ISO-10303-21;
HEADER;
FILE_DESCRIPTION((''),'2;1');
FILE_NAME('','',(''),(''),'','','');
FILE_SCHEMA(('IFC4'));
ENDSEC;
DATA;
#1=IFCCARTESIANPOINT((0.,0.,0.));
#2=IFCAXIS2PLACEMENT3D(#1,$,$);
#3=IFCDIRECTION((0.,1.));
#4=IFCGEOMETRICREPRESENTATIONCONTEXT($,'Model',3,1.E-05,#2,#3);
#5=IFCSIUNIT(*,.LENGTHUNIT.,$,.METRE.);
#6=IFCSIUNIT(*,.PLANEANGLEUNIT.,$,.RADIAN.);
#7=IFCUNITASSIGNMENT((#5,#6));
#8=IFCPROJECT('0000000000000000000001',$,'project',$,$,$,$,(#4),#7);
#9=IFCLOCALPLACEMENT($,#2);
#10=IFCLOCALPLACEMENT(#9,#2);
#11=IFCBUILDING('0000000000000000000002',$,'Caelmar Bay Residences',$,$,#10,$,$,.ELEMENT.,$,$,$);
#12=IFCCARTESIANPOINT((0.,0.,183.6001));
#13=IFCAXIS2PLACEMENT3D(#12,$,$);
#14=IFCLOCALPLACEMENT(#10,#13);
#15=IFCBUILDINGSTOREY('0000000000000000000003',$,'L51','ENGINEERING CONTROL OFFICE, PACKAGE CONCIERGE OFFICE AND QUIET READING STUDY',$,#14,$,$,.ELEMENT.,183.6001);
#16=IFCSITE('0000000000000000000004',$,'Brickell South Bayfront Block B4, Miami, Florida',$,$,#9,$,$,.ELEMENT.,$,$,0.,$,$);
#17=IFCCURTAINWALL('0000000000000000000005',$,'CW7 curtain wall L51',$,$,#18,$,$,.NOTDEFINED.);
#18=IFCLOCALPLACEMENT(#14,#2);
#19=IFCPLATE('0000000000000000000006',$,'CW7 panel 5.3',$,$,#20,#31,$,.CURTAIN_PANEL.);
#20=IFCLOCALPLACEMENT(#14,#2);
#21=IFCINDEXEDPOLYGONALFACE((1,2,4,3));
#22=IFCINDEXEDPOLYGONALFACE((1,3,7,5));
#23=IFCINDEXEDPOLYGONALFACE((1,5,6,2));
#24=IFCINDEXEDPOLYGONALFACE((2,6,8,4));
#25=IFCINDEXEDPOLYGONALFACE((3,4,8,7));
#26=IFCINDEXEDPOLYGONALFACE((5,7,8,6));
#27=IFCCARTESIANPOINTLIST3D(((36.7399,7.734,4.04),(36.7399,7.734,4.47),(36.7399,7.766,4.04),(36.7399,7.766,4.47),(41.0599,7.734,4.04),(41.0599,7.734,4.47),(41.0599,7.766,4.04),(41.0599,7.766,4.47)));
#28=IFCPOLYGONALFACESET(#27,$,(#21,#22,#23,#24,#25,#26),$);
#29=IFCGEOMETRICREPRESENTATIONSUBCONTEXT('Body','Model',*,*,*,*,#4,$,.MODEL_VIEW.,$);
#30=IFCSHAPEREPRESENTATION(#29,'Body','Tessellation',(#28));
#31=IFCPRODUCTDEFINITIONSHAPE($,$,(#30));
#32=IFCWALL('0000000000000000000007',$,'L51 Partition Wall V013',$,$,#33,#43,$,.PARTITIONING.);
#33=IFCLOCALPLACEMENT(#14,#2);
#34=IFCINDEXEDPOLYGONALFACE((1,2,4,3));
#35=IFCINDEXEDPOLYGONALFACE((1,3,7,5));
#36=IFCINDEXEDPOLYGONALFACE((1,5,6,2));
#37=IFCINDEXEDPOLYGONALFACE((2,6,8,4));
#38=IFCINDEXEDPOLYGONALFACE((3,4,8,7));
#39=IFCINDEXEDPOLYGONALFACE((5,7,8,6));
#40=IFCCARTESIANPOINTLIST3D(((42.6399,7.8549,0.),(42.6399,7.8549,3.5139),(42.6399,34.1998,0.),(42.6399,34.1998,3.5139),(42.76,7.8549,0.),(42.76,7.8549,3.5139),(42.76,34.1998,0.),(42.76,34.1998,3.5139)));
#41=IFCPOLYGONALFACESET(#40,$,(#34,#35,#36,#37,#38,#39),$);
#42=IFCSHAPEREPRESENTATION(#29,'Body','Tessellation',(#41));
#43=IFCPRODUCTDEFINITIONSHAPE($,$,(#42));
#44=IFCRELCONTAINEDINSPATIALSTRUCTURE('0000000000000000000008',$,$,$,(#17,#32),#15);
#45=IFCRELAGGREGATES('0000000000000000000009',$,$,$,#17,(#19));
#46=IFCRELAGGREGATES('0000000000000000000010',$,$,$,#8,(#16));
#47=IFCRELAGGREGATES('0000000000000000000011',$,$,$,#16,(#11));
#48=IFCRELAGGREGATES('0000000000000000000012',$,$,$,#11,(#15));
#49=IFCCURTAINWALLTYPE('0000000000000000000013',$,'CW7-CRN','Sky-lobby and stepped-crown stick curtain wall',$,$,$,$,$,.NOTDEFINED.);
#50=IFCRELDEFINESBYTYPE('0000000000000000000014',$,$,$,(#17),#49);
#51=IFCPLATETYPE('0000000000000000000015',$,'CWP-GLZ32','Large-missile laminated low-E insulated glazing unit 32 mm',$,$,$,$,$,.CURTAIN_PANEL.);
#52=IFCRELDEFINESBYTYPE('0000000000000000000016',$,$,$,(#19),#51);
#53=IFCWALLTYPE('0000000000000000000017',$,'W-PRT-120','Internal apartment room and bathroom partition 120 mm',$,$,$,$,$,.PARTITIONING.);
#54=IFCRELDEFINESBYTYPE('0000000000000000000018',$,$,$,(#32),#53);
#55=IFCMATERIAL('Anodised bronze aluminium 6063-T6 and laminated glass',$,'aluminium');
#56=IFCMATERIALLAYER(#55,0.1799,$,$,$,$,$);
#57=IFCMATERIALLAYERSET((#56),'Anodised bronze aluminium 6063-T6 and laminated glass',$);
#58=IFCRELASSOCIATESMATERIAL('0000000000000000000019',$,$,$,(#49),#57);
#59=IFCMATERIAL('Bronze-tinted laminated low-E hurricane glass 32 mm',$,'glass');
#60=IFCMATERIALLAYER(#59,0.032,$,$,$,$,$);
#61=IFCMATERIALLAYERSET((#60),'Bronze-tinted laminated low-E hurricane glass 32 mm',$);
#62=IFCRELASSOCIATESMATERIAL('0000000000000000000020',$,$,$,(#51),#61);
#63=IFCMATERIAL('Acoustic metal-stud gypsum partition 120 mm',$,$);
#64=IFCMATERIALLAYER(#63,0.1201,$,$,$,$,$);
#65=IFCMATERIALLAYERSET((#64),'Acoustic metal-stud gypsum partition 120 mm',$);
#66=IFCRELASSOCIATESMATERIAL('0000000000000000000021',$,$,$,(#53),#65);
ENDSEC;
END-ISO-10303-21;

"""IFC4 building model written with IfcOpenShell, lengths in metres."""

from ifc_helpers import new_model, si_unit, direction, frame, frame_2d, origin, origin_2d, place, context, subcontext, project, spatial, rectangle, extrude, material, layer, layer_set, type_object, element, aggregate, save


model = new_model("IFC4")

# Units and contexts
model_context = context("Model", 3, precision=1e-05, world=origin(), true_north=direction((0.0, 1.0)))
body_context = subcontext(model_context, "Body", "Model", "MODEL_VIEW")
ifc_project = project(units=[si_unit("LENGTHUNIT", "METRE"), si_unit("PLANEANGLEUNIT", "RADIAN")], contexts=[model_context])

# Site, building, storey
site_placement = place(None, origin())
site = spatial("IfcSite", under=ifc_project, at=site_placement, Name="Brickell South Bayfront Block B4, Miami, Florida", CompositionType="ELEMENT", RefElevation=0.0)
building_placement = place(site_placement, origin())
building = spatial("IfcBuilding", under=site, at=building_placement, Name="Caelmar Bay Residences", CompositionType="ELEMENT")
storey_placement = place(building_placement, frame((0.0, 0.0, 183.6001)))
storey = spatial("IfcBuildingStorey", under=building, at=storey_placement, Name="L51", Description="ENGINEERING CONTROL OFFICE, PACKAGE CONCIERGE OFFICE AND QUIET READING STUDY", CompositionType="ELEMENT", Elevation=183.6001)

# Curtain wall, plate
ifc_material_1 = material(Name="Anodised bronze aluminium 6063-T6 and laminated glass", Category="aluminium")
ifc_layer_1 = layer(ifc_material_1, 0.1799)
ifc_layer_set_1 = layer_set([ifc_layer_1], Name="Anodised bronze aluminium 6063-T6 and laminated glass")
curtain_wall_type = type_object("IfcCurtainWallType", Name="CW7-CRN", Description="Sky-lobby and stepped-crown stick curtain wall", PredefinedType="NOTDEFINED", material=ifc_layer_set_1)
curtain_wall_placement = place(storey_placement, origin())
curtain_wall = element("IfcCurtainWall", 1, at=curtain_wall_placement, inside=storey, type_object=curtain_wall_type, Name="CW7 curtain wall L51", PredefinedType="NOTDEFINED")
ifc_material_2 = material(Name="Bronze-tinted laminated low-E hurricane glass 32 mm", Category="glass")
ifc_layer_2 = layer(ifc_material_2, 0.032)
ifc_layer_set_2 = layer_set([ifc_layer_2], Name="Bronze-tinted laminated low-E hurricane glass 32 mm")
plate_type = type_object("IfcPlateType", Name="CWP-GLZ32", Description="Large-missile laminated low-E insulated glazing unit 32 mm", PredefinedType="CURTAIN_PANEL", material=ifc_layer_set_2)
plate_1_placement = place(storey_placement, frame((38.8999, 7.75, 4.04), z_axis=(0.0, 0.0, 1.0), x_axis=(-1.0, 0.0, 0.0)))
plate_1 = element("IfcPlate", 2, at=plate_1_placement, type_object=plate_type, Name="CW7 panel 5.3", PredefinedType="CURTAIN_PANEL", context=body_context, shape_type="SweptSolid", body=[
    extrude(rectangle(XDim=4.3201, YDim=0.032, at=origin_2d()), origin(), (0.0, 0.0, 1.0), 0.4299),
])
aggregate(curtain_wall, [plate_1])

# Wall
ifc_material_3 = material(Name="Acoustic metal-stud gypsum partition 120 mm")
ifc_layer_3 = layer(ifc_material_3, 0.1201)
ifc_layer_set_3 = layer_set([ifc_layer_3], Name="Acoustic metal-stud gypsum partition 120 mm")
wall_type = type_object("IfcWallType", Name="W-PRT-120", Description="Internal apartment room and bathroom partition 120 mm", PredefinedType="PARTITIONING", material=ifc_layer_set_3)
wall_placement = place(storey_placement, frame((42.7, 7.855, 0.0), z_axis=(0.0, 0.0, 1.0), x_axis=(0.0, 1.0, 0.0)))
element("IfcWall", 3, at=wall_placement, inside=storey, type_object=wall_type, Name="L51 Partition Wall V013", PredefinedType="PARTITIONING", context=body_context, shape_type="SweptSolid", body=[
    extrude(rectangle(XDim=26.345, YDim=0.1201, at=frame_2d((13.1724, 0.0))), origin(), (0.0, 0.0, 1.0), 3.5139),
])

save(model, "model.ifc")
